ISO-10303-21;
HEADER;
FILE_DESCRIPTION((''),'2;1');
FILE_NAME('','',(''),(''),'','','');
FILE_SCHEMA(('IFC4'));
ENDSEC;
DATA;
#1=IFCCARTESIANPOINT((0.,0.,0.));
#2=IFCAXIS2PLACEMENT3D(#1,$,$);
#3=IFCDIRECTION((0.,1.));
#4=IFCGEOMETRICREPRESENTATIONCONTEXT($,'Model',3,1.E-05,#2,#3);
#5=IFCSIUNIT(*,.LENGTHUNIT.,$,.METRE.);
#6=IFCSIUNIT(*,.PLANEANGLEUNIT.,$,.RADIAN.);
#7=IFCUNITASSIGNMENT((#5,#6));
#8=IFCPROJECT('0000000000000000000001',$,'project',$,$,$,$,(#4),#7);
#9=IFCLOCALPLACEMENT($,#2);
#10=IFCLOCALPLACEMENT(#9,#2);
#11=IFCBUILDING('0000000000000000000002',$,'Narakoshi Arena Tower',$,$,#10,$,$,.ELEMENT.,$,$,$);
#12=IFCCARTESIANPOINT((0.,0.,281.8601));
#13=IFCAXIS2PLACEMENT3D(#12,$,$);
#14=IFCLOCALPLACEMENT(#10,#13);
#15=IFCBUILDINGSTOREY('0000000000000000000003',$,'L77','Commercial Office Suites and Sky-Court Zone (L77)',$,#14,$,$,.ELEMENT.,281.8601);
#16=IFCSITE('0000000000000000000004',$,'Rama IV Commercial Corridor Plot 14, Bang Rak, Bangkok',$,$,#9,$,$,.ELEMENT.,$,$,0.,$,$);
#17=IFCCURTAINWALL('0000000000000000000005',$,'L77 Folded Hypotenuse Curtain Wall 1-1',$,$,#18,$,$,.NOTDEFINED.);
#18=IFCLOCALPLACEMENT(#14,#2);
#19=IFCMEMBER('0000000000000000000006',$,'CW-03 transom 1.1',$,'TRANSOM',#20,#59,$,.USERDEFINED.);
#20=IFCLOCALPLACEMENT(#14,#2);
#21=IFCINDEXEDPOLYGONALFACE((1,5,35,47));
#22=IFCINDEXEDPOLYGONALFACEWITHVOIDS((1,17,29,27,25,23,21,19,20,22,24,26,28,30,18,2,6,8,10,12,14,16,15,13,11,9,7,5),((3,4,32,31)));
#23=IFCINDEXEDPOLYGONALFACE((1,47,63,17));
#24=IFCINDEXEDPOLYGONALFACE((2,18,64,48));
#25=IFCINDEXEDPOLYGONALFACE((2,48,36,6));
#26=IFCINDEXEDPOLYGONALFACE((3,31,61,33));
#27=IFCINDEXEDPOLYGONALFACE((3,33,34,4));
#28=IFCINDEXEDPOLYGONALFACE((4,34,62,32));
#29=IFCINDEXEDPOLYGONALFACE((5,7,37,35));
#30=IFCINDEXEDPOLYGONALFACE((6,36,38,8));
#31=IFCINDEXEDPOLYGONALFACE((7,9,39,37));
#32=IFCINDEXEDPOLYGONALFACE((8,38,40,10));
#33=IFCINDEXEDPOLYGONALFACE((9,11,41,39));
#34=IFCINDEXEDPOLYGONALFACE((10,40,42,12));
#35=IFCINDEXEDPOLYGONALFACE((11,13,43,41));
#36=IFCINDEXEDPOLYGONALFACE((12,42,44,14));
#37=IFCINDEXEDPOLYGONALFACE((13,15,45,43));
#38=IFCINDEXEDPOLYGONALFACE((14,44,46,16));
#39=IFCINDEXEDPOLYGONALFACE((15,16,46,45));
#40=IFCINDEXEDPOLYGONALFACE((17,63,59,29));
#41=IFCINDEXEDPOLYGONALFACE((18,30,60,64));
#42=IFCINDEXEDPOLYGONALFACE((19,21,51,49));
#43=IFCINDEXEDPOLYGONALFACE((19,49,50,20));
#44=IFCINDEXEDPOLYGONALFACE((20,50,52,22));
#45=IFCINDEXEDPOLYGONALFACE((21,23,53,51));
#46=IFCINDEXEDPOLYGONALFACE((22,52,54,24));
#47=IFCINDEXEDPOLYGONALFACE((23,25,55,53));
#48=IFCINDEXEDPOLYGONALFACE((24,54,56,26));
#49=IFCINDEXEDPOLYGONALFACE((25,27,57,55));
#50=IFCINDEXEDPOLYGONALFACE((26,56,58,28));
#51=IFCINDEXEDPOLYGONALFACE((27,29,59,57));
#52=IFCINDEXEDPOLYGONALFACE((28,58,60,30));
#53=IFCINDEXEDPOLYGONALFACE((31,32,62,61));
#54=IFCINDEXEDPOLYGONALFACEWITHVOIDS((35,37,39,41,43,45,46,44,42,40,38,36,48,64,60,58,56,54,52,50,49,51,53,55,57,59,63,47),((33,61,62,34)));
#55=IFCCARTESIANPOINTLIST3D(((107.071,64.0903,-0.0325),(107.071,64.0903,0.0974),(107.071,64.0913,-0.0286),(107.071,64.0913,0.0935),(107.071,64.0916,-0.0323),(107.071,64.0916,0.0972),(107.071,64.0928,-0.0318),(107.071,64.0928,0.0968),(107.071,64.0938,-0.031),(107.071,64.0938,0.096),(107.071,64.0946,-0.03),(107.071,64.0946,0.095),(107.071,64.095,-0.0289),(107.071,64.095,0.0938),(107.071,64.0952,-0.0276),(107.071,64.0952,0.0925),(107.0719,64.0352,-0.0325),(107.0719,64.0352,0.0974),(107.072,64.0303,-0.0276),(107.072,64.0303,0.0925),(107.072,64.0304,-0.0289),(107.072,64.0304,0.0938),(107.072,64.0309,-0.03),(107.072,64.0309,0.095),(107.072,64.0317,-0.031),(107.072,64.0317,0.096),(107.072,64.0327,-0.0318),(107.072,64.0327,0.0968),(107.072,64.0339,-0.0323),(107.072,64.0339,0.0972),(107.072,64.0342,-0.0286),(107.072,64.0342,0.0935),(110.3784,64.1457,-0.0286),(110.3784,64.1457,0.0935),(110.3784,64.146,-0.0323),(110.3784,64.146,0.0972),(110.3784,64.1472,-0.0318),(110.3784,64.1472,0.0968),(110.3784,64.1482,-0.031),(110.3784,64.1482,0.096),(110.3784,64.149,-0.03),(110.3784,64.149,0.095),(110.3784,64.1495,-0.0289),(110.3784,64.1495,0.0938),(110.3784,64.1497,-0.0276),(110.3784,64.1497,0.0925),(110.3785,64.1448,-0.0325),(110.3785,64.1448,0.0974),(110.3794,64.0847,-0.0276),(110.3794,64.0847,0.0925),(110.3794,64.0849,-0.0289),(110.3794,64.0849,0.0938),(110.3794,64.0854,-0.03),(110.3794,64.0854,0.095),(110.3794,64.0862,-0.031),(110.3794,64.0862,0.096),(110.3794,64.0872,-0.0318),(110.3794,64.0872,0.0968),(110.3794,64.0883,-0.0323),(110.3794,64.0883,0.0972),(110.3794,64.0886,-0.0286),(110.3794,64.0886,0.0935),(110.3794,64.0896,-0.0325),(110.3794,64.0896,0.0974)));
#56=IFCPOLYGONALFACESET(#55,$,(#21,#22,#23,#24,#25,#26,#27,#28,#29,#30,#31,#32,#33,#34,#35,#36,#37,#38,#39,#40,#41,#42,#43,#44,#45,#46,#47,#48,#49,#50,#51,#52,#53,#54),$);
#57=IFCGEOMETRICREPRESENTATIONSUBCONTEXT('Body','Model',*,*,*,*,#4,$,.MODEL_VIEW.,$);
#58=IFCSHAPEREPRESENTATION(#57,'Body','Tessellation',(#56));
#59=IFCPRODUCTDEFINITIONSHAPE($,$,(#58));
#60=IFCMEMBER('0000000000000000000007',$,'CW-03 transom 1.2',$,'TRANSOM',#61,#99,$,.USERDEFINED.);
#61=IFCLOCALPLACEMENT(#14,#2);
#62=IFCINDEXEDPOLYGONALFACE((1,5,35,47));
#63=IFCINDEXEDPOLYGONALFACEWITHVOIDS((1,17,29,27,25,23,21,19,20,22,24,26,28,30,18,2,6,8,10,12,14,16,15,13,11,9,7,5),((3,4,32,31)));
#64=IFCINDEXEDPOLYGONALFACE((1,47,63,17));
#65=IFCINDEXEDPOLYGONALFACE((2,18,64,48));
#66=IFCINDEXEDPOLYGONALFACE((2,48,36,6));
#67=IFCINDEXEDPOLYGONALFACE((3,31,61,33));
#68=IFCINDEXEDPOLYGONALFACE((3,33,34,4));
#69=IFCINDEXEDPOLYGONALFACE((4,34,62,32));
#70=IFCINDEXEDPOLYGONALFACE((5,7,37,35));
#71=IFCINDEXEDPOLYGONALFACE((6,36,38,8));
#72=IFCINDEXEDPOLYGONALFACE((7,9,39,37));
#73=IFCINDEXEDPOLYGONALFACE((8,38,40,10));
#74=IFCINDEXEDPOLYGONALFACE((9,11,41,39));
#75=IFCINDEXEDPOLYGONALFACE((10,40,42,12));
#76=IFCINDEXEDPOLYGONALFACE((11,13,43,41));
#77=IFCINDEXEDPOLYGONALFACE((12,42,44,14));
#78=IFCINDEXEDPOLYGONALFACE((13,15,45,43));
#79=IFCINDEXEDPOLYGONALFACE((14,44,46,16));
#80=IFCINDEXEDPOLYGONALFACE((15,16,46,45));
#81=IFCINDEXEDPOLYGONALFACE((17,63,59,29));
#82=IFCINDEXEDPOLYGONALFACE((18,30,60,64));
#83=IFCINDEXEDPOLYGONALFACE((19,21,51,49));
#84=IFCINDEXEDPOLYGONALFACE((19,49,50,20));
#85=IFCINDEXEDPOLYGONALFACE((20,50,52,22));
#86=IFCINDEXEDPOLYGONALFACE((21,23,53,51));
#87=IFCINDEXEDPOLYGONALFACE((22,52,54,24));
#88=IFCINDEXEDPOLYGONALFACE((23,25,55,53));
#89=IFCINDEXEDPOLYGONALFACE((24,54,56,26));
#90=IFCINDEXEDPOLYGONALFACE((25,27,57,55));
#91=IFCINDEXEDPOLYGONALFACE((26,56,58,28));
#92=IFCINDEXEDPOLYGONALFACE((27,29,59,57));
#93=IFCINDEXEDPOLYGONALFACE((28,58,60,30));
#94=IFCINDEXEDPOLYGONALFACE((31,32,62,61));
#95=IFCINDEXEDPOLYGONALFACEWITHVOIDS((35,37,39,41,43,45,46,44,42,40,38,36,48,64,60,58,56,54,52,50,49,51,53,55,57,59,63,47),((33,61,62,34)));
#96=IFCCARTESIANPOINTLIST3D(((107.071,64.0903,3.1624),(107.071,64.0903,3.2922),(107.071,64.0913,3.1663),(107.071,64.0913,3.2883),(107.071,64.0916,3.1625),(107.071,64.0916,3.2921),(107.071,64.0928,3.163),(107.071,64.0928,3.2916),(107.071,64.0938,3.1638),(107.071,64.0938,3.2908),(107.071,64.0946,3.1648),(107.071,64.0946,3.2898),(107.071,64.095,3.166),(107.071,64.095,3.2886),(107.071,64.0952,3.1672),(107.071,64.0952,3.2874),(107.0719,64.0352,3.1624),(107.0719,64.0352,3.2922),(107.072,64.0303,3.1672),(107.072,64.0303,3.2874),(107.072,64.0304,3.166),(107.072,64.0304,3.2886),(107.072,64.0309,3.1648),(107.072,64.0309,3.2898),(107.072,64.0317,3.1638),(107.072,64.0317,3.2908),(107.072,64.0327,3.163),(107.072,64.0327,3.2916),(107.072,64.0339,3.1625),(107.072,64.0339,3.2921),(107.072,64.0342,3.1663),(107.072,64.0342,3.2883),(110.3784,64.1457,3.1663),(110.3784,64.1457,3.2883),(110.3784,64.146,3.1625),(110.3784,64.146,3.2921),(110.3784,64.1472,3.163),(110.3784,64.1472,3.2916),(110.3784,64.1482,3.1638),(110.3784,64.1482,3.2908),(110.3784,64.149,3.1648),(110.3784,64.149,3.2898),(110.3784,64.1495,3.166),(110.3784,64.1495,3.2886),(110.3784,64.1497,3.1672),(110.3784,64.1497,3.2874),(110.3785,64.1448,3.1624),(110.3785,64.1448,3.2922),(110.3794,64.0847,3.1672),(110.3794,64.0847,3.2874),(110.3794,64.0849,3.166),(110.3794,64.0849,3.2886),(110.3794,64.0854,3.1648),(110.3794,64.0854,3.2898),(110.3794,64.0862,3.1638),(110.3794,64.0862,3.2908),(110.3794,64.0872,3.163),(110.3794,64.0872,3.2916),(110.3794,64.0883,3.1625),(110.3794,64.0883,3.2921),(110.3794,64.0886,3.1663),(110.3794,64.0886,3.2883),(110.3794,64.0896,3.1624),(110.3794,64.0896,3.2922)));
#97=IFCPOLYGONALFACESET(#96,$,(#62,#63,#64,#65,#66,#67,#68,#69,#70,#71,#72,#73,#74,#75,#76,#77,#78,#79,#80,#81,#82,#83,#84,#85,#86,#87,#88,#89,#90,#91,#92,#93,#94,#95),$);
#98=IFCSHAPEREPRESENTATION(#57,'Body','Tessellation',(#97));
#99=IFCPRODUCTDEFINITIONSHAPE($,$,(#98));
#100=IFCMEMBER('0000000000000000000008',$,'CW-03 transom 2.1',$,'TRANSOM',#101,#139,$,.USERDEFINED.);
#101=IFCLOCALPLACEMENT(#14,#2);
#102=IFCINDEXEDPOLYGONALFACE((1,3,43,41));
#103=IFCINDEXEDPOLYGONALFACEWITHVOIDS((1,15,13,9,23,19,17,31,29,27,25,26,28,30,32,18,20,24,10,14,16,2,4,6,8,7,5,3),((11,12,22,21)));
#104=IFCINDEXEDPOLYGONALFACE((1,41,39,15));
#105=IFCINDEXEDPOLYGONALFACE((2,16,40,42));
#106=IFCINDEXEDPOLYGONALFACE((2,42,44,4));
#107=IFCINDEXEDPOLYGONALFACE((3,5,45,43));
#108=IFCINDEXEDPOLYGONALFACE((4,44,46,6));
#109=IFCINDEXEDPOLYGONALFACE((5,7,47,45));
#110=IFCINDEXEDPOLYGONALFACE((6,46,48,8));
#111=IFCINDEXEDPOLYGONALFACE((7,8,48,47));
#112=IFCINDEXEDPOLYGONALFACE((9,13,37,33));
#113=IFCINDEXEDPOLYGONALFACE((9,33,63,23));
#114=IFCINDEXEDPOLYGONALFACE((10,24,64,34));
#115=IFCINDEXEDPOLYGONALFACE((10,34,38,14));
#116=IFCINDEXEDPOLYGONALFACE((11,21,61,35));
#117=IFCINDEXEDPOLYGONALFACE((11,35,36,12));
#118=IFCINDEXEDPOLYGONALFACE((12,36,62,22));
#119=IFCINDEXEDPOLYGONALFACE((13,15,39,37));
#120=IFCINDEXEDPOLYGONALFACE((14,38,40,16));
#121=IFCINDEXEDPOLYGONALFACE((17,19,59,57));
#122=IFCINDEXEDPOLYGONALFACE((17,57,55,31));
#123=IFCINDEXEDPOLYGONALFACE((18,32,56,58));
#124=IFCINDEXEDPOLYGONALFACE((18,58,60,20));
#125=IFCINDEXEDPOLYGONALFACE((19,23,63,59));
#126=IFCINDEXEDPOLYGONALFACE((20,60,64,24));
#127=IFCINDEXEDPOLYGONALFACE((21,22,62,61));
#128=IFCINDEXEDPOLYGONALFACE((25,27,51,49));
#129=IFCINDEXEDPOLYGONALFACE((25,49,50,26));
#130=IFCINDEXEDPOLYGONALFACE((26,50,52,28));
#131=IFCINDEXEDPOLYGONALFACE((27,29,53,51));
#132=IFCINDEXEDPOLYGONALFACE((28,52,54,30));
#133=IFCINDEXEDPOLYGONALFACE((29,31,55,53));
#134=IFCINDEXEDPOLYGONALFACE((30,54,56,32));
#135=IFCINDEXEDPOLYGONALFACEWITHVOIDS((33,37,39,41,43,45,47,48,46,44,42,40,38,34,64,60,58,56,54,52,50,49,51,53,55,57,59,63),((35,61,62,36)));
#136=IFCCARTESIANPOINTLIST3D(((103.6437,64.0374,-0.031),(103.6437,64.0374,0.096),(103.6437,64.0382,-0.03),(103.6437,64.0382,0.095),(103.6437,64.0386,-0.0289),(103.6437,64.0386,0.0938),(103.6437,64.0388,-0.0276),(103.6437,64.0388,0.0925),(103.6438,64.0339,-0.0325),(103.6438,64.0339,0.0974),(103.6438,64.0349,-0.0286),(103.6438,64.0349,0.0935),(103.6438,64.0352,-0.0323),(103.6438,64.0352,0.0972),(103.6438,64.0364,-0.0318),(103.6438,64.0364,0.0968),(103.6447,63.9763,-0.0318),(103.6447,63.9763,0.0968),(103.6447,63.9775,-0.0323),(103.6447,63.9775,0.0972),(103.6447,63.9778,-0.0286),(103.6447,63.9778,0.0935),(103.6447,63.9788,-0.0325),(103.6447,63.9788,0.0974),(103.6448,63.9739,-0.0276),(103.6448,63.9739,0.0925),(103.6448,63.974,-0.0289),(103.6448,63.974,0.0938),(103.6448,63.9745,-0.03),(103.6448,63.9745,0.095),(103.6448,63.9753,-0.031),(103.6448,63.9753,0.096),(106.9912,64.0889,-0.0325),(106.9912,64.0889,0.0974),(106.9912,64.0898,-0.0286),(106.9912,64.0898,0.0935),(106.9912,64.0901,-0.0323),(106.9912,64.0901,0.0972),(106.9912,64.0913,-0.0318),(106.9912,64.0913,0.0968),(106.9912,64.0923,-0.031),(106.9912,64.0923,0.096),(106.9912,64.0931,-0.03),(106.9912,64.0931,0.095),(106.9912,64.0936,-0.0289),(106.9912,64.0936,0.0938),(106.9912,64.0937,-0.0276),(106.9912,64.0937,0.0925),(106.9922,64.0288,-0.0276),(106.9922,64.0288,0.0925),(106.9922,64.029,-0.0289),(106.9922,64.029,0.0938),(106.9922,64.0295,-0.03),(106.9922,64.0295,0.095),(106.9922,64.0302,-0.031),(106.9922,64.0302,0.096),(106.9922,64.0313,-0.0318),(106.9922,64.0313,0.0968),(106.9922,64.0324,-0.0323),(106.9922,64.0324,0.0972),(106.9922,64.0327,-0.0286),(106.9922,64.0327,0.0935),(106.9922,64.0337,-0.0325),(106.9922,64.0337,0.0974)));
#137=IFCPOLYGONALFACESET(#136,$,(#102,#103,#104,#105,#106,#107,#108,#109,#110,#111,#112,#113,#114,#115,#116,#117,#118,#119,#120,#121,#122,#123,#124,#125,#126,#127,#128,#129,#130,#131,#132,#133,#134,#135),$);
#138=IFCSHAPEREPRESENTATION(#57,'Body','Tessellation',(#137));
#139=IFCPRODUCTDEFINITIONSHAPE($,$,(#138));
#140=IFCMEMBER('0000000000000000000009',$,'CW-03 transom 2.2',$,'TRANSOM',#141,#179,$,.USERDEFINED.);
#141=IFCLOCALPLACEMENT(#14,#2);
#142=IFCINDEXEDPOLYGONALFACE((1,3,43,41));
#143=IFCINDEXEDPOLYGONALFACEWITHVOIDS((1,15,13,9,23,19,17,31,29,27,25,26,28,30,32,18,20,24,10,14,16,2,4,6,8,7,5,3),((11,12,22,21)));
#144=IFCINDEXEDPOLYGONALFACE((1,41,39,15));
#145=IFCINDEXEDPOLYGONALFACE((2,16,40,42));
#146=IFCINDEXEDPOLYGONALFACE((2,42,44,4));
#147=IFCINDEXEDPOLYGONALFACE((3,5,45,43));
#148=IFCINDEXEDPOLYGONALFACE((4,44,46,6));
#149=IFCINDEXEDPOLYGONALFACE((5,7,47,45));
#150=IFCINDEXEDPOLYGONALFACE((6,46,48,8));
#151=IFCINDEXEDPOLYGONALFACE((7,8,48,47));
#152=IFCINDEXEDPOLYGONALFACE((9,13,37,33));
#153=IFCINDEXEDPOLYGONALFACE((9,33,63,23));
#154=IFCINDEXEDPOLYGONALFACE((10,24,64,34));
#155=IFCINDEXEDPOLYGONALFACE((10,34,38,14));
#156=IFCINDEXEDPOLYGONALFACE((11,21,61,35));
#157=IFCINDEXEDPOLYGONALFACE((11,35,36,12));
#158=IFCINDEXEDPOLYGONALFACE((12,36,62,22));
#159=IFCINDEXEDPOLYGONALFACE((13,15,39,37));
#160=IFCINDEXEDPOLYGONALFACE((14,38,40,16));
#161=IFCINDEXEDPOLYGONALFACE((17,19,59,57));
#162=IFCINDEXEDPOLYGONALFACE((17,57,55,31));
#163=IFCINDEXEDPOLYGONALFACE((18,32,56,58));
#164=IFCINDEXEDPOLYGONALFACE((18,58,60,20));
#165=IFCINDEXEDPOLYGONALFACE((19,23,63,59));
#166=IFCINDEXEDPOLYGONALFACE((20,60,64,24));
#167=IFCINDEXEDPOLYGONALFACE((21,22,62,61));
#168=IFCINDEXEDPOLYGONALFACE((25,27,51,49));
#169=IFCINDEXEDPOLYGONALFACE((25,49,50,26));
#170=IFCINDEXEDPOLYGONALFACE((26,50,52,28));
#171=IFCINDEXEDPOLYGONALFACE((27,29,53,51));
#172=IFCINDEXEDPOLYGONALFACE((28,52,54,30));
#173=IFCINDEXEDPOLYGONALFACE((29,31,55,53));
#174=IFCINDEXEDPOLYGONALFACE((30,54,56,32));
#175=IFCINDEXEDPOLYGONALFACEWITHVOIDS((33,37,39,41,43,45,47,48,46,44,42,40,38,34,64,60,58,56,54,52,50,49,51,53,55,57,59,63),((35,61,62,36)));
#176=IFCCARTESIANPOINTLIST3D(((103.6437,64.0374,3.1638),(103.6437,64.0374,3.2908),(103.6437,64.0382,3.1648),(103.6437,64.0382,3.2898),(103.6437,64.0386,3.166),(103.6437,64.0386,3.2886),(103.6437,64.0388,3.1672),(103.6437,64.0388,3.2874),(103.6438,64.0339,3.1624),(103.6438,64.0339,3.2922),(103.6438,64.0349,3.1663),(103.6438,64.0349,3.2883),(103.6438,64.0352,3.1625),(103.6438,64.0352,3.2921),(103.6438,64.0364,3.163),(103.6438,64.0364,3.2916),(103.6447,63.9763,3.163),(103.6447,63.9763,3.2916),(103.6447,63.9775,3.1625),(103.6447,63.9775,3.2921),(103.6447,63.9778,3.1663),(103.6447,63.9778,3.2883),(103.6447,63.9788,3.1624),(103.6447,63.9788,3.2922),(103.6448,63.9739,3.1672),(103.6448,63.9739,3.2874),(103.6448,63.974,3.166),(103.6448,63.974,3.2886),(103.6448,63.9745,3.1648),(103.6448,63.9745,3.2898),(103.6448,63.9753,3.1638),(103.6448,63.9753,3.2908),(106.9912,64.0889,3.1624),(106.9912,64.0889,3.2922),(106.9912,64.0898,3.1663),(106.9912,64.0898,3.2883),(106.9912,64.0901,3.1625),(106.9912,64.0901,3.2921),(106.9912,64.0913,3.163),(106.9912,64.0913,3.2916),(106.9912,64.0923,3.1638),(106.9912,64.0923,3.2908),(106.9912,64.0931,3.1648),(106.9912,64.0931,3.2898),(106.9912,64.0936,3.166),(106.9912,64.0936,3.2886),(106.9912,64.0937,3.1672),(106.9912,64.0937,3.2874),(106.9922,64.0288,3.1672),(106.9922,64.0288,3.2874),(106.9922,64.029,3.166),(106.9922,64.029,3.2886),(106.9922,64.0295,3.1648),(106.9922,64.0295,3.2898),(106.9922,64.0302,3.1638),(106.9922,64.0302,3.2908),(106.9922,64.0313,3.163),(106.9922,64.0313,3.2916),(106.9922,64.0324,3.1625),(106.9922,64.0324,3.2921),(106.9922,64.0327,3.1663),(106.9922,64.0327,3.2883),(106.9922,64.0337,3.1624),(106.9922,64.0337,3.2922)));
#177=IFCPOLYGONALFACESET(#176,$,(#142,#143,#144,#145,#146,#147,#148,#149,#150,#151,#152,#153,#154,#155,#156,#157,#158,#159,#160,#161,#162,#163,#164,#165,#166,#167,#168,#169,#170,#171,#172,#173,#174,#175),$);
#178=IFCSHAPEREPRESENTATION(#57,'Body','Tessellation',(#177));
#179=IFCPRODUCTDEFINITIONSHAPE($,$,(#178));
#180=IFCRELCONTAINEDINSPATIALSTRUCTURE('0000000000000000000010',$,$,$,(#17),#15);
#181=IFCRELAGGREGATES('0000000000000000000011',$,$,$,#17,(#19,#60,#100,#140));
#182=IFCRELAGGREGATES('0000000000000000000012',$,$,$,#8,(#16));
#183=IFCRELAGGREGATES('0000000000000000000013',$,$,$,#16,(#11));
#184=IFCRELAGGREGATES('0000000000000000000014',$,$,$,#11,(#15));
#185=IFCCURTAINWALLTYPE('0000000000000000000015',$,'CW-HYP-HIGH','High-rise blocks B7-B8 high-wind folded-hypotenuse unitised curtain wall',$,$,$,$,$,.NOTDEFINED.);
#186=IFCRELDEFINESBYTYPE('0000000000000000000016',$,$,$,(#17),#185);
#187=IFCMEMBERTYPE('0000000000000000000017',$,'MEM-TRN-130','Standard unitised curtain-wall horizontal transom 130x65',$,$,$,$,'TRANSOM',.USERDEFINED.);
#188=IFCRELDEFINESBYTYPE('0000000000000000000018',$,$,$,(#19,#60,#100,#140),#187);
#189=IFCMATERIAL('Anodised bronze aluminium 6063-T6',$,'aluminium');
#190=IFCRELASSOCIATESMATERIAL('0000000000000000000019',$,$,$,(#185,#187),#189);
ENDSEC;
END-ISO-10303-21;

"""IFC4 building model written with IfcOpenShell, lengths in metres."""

from ifc_helpers import new_model, si_unit, direction, frame, origin, origin_2d, place, context, subcontext, project, spatial, hollow_rectangle, extrude, material, material_profile, profile_set, type_object, element, aggregate, save


model = new_model("IFC4")

# Units and contexts
model_context = context("Model", 3, precision=1e-05, world=origin(), true_north=direction((0.0, 1.0)))
body_context = subcontext(model_context, "Body", "Model", "MODEL_VIEW")
ifc_project = project(units=[si_unit("LENGTHUNIT", "METRE"), si_unit("PLANEANGLEUNIT", "RADIAN")], contexts=[model_context])

# Site, building, storey
site_placement = place(None, origin())
site = spatial("IfcSite", under=ifc_project, at=site_placement, Name="Rama IV Commercial Corridor Plot 14, Bang Rak, Bangkok", CompositionType="ELEMENT", RefElevation=0.0)
building_placement = place(site_placement, origin())
building = spatial("IfcBuilding", under=site, at=building_placement, Name="Narakoshi Arena Tower", CompositionType="ELEMENT")
storey_placement = place(building_placement, frame((0.0, 0.0, 281.8601)))
storey = spatial("IfcBuildingStorey", under=building, at=storey_placement, Name="L77", Description="Commercial Office Suites and Sky-Court Zone (L77)", CompositionType="ELEMENT", Elevation=281.8601)

# Curtain wall, members
ifc_material_1 = material(Name="Anodised bronze aluminium 6063-T6", Category="aluminium")
curtain_wall_type = type_object("IfcCurtainWallType", Name="CW-HYP-HIGH", Description="High-rise blocks B7-B8 high-wind folded-hypotenuse unitised curtain wall", PredefinedType="NOTDEFINED", material=ifc_material_1)
curtain_wall_placement = place(storey_placement, origin())
curtain_wall = element("IfcCurtainWall", 1, at=curtain_wall_placement, inside=storey, type_object=curtain_wall_type, Name="L77 Folded Hypotenuse Curtain Wall 1-1", PredefinedType="NOTDEFINED")
ifc_material_profile_1 = material_profile(ifc_material_1, hollow_rectangle(XDim=0.0649, YDim=0.1299, WallThickness=0.0039, OuterFilletRadius=0.0049, at=origin_2d()), Name="TRN130x65x4")
ifc_profile_set_1 = profile_set([ifc_material_profile_1], Name="Anodised bronze aluminium 6063-T6")
member_type_1 = type_object("IfcMemberType", Name="MEM-TRN-130", Description="Standard unitised curtain-wall horizontal transom 130x65", ElementType="TRANSOM", PredefinedType="USERDEFINED", material=ifc_profile_set_1)
member_1_placement = place(storey_placement, frame((110.3789, 64.1172, 0.0325), z_axis=(-0.999865, -0.016459, 0.0), x_axis=(0.016459, -0.999865, 0.0)))
member_1 = element("IfcMember", 2, at=member_1_placement, type_object=member_type_1, Name="CW-03 transom 1.1", ObjectType="TRANSOM", PredefinedType="USERDEFINED", context=body_context, shape_type="SweptSolid", body=[
    extrude(hollow_rectangle(XDim=0.0649, YDim=0.1299, WallThickness=0.0039, OuterFilletRadius=0.0049, at=origin_2d()), origin(), (0.0, 0.0, 1.0), 3.3079),
])
member_2_placement = place(storey_placement, frame((110.3789, 64.1172, 3.2273), z_axis=(-0.999865, -0.016459, 0.0), x_axis=(0.016459, -0.999865, 0.0)))
member_2 = element("IfcMember", 3, at=member_2_placement, type_object=member_type_1, Name="CW-03 transom 1.2", ObjectType="TRANSOM", PredefinedType="USERDEFINED", context=body_context, shape_type="SweptSolid", body=[
    extrude(hollow_rectangle(XDim=0.0649, YDim=0.1299, WallThickness=0.0039, OuterFilletRadius=0.0049, at=origin_2d()), origin(), (0.0, 0.0, 1.0), 3.3079),
])
member_3_placement = place(storey_placement, frame((106.9917, 64.0613, 0.0325), z_axis=(-0.999865, -0.016408, 0.0), x_axis=(0.016408, -0.999865, 0.0)))
member_3 = element("IfcMember", 4, at=member_3_placement, type_object=member_type_1, Name="CW-03 transom 2.1", ObjectType="TRANSOM", PredefinedType="USERDEFINED", context=body_context, shape_type="SweptSolid", body=[
    extrude(hollow_rectangle(XDim=0.0649, YDim=0.1299, WallThickness=0.0039, OuterFilletRadius=0.0049, at=origin_2d()), origin(), (0.0, 0.0, 1.0), 3.3479),
])
member_4_placement = place(storey_placement, frame((106.9917, 64.0613, 3.2273), z_axis=(-0.999865, -0.016408, 0.0), x_axis=(0.016408, -0.999865, 0.0)))
member_4 = element("IfcMember", 5, at=member_4_placement, type_object=member_type_1, Name="CW-03 transom 2.2", ObjectType="TRANSOM", PredefinedType="USERDEFINED", context=body_context, shape_type="SweptSolid", body=[
    extrude(hollow_rectangle(XDim=0.0649, YDim=0.1299, WallThickness=0.0039, OuterFilletRadius=0.0049, at=origin_2d()), origin(), (0.0, 0.0, 1.0), 3.3479),
])
aggregate(curtain_wall, [member_1, member_2, member_3, member_4])

save(model, "model.ifc")
